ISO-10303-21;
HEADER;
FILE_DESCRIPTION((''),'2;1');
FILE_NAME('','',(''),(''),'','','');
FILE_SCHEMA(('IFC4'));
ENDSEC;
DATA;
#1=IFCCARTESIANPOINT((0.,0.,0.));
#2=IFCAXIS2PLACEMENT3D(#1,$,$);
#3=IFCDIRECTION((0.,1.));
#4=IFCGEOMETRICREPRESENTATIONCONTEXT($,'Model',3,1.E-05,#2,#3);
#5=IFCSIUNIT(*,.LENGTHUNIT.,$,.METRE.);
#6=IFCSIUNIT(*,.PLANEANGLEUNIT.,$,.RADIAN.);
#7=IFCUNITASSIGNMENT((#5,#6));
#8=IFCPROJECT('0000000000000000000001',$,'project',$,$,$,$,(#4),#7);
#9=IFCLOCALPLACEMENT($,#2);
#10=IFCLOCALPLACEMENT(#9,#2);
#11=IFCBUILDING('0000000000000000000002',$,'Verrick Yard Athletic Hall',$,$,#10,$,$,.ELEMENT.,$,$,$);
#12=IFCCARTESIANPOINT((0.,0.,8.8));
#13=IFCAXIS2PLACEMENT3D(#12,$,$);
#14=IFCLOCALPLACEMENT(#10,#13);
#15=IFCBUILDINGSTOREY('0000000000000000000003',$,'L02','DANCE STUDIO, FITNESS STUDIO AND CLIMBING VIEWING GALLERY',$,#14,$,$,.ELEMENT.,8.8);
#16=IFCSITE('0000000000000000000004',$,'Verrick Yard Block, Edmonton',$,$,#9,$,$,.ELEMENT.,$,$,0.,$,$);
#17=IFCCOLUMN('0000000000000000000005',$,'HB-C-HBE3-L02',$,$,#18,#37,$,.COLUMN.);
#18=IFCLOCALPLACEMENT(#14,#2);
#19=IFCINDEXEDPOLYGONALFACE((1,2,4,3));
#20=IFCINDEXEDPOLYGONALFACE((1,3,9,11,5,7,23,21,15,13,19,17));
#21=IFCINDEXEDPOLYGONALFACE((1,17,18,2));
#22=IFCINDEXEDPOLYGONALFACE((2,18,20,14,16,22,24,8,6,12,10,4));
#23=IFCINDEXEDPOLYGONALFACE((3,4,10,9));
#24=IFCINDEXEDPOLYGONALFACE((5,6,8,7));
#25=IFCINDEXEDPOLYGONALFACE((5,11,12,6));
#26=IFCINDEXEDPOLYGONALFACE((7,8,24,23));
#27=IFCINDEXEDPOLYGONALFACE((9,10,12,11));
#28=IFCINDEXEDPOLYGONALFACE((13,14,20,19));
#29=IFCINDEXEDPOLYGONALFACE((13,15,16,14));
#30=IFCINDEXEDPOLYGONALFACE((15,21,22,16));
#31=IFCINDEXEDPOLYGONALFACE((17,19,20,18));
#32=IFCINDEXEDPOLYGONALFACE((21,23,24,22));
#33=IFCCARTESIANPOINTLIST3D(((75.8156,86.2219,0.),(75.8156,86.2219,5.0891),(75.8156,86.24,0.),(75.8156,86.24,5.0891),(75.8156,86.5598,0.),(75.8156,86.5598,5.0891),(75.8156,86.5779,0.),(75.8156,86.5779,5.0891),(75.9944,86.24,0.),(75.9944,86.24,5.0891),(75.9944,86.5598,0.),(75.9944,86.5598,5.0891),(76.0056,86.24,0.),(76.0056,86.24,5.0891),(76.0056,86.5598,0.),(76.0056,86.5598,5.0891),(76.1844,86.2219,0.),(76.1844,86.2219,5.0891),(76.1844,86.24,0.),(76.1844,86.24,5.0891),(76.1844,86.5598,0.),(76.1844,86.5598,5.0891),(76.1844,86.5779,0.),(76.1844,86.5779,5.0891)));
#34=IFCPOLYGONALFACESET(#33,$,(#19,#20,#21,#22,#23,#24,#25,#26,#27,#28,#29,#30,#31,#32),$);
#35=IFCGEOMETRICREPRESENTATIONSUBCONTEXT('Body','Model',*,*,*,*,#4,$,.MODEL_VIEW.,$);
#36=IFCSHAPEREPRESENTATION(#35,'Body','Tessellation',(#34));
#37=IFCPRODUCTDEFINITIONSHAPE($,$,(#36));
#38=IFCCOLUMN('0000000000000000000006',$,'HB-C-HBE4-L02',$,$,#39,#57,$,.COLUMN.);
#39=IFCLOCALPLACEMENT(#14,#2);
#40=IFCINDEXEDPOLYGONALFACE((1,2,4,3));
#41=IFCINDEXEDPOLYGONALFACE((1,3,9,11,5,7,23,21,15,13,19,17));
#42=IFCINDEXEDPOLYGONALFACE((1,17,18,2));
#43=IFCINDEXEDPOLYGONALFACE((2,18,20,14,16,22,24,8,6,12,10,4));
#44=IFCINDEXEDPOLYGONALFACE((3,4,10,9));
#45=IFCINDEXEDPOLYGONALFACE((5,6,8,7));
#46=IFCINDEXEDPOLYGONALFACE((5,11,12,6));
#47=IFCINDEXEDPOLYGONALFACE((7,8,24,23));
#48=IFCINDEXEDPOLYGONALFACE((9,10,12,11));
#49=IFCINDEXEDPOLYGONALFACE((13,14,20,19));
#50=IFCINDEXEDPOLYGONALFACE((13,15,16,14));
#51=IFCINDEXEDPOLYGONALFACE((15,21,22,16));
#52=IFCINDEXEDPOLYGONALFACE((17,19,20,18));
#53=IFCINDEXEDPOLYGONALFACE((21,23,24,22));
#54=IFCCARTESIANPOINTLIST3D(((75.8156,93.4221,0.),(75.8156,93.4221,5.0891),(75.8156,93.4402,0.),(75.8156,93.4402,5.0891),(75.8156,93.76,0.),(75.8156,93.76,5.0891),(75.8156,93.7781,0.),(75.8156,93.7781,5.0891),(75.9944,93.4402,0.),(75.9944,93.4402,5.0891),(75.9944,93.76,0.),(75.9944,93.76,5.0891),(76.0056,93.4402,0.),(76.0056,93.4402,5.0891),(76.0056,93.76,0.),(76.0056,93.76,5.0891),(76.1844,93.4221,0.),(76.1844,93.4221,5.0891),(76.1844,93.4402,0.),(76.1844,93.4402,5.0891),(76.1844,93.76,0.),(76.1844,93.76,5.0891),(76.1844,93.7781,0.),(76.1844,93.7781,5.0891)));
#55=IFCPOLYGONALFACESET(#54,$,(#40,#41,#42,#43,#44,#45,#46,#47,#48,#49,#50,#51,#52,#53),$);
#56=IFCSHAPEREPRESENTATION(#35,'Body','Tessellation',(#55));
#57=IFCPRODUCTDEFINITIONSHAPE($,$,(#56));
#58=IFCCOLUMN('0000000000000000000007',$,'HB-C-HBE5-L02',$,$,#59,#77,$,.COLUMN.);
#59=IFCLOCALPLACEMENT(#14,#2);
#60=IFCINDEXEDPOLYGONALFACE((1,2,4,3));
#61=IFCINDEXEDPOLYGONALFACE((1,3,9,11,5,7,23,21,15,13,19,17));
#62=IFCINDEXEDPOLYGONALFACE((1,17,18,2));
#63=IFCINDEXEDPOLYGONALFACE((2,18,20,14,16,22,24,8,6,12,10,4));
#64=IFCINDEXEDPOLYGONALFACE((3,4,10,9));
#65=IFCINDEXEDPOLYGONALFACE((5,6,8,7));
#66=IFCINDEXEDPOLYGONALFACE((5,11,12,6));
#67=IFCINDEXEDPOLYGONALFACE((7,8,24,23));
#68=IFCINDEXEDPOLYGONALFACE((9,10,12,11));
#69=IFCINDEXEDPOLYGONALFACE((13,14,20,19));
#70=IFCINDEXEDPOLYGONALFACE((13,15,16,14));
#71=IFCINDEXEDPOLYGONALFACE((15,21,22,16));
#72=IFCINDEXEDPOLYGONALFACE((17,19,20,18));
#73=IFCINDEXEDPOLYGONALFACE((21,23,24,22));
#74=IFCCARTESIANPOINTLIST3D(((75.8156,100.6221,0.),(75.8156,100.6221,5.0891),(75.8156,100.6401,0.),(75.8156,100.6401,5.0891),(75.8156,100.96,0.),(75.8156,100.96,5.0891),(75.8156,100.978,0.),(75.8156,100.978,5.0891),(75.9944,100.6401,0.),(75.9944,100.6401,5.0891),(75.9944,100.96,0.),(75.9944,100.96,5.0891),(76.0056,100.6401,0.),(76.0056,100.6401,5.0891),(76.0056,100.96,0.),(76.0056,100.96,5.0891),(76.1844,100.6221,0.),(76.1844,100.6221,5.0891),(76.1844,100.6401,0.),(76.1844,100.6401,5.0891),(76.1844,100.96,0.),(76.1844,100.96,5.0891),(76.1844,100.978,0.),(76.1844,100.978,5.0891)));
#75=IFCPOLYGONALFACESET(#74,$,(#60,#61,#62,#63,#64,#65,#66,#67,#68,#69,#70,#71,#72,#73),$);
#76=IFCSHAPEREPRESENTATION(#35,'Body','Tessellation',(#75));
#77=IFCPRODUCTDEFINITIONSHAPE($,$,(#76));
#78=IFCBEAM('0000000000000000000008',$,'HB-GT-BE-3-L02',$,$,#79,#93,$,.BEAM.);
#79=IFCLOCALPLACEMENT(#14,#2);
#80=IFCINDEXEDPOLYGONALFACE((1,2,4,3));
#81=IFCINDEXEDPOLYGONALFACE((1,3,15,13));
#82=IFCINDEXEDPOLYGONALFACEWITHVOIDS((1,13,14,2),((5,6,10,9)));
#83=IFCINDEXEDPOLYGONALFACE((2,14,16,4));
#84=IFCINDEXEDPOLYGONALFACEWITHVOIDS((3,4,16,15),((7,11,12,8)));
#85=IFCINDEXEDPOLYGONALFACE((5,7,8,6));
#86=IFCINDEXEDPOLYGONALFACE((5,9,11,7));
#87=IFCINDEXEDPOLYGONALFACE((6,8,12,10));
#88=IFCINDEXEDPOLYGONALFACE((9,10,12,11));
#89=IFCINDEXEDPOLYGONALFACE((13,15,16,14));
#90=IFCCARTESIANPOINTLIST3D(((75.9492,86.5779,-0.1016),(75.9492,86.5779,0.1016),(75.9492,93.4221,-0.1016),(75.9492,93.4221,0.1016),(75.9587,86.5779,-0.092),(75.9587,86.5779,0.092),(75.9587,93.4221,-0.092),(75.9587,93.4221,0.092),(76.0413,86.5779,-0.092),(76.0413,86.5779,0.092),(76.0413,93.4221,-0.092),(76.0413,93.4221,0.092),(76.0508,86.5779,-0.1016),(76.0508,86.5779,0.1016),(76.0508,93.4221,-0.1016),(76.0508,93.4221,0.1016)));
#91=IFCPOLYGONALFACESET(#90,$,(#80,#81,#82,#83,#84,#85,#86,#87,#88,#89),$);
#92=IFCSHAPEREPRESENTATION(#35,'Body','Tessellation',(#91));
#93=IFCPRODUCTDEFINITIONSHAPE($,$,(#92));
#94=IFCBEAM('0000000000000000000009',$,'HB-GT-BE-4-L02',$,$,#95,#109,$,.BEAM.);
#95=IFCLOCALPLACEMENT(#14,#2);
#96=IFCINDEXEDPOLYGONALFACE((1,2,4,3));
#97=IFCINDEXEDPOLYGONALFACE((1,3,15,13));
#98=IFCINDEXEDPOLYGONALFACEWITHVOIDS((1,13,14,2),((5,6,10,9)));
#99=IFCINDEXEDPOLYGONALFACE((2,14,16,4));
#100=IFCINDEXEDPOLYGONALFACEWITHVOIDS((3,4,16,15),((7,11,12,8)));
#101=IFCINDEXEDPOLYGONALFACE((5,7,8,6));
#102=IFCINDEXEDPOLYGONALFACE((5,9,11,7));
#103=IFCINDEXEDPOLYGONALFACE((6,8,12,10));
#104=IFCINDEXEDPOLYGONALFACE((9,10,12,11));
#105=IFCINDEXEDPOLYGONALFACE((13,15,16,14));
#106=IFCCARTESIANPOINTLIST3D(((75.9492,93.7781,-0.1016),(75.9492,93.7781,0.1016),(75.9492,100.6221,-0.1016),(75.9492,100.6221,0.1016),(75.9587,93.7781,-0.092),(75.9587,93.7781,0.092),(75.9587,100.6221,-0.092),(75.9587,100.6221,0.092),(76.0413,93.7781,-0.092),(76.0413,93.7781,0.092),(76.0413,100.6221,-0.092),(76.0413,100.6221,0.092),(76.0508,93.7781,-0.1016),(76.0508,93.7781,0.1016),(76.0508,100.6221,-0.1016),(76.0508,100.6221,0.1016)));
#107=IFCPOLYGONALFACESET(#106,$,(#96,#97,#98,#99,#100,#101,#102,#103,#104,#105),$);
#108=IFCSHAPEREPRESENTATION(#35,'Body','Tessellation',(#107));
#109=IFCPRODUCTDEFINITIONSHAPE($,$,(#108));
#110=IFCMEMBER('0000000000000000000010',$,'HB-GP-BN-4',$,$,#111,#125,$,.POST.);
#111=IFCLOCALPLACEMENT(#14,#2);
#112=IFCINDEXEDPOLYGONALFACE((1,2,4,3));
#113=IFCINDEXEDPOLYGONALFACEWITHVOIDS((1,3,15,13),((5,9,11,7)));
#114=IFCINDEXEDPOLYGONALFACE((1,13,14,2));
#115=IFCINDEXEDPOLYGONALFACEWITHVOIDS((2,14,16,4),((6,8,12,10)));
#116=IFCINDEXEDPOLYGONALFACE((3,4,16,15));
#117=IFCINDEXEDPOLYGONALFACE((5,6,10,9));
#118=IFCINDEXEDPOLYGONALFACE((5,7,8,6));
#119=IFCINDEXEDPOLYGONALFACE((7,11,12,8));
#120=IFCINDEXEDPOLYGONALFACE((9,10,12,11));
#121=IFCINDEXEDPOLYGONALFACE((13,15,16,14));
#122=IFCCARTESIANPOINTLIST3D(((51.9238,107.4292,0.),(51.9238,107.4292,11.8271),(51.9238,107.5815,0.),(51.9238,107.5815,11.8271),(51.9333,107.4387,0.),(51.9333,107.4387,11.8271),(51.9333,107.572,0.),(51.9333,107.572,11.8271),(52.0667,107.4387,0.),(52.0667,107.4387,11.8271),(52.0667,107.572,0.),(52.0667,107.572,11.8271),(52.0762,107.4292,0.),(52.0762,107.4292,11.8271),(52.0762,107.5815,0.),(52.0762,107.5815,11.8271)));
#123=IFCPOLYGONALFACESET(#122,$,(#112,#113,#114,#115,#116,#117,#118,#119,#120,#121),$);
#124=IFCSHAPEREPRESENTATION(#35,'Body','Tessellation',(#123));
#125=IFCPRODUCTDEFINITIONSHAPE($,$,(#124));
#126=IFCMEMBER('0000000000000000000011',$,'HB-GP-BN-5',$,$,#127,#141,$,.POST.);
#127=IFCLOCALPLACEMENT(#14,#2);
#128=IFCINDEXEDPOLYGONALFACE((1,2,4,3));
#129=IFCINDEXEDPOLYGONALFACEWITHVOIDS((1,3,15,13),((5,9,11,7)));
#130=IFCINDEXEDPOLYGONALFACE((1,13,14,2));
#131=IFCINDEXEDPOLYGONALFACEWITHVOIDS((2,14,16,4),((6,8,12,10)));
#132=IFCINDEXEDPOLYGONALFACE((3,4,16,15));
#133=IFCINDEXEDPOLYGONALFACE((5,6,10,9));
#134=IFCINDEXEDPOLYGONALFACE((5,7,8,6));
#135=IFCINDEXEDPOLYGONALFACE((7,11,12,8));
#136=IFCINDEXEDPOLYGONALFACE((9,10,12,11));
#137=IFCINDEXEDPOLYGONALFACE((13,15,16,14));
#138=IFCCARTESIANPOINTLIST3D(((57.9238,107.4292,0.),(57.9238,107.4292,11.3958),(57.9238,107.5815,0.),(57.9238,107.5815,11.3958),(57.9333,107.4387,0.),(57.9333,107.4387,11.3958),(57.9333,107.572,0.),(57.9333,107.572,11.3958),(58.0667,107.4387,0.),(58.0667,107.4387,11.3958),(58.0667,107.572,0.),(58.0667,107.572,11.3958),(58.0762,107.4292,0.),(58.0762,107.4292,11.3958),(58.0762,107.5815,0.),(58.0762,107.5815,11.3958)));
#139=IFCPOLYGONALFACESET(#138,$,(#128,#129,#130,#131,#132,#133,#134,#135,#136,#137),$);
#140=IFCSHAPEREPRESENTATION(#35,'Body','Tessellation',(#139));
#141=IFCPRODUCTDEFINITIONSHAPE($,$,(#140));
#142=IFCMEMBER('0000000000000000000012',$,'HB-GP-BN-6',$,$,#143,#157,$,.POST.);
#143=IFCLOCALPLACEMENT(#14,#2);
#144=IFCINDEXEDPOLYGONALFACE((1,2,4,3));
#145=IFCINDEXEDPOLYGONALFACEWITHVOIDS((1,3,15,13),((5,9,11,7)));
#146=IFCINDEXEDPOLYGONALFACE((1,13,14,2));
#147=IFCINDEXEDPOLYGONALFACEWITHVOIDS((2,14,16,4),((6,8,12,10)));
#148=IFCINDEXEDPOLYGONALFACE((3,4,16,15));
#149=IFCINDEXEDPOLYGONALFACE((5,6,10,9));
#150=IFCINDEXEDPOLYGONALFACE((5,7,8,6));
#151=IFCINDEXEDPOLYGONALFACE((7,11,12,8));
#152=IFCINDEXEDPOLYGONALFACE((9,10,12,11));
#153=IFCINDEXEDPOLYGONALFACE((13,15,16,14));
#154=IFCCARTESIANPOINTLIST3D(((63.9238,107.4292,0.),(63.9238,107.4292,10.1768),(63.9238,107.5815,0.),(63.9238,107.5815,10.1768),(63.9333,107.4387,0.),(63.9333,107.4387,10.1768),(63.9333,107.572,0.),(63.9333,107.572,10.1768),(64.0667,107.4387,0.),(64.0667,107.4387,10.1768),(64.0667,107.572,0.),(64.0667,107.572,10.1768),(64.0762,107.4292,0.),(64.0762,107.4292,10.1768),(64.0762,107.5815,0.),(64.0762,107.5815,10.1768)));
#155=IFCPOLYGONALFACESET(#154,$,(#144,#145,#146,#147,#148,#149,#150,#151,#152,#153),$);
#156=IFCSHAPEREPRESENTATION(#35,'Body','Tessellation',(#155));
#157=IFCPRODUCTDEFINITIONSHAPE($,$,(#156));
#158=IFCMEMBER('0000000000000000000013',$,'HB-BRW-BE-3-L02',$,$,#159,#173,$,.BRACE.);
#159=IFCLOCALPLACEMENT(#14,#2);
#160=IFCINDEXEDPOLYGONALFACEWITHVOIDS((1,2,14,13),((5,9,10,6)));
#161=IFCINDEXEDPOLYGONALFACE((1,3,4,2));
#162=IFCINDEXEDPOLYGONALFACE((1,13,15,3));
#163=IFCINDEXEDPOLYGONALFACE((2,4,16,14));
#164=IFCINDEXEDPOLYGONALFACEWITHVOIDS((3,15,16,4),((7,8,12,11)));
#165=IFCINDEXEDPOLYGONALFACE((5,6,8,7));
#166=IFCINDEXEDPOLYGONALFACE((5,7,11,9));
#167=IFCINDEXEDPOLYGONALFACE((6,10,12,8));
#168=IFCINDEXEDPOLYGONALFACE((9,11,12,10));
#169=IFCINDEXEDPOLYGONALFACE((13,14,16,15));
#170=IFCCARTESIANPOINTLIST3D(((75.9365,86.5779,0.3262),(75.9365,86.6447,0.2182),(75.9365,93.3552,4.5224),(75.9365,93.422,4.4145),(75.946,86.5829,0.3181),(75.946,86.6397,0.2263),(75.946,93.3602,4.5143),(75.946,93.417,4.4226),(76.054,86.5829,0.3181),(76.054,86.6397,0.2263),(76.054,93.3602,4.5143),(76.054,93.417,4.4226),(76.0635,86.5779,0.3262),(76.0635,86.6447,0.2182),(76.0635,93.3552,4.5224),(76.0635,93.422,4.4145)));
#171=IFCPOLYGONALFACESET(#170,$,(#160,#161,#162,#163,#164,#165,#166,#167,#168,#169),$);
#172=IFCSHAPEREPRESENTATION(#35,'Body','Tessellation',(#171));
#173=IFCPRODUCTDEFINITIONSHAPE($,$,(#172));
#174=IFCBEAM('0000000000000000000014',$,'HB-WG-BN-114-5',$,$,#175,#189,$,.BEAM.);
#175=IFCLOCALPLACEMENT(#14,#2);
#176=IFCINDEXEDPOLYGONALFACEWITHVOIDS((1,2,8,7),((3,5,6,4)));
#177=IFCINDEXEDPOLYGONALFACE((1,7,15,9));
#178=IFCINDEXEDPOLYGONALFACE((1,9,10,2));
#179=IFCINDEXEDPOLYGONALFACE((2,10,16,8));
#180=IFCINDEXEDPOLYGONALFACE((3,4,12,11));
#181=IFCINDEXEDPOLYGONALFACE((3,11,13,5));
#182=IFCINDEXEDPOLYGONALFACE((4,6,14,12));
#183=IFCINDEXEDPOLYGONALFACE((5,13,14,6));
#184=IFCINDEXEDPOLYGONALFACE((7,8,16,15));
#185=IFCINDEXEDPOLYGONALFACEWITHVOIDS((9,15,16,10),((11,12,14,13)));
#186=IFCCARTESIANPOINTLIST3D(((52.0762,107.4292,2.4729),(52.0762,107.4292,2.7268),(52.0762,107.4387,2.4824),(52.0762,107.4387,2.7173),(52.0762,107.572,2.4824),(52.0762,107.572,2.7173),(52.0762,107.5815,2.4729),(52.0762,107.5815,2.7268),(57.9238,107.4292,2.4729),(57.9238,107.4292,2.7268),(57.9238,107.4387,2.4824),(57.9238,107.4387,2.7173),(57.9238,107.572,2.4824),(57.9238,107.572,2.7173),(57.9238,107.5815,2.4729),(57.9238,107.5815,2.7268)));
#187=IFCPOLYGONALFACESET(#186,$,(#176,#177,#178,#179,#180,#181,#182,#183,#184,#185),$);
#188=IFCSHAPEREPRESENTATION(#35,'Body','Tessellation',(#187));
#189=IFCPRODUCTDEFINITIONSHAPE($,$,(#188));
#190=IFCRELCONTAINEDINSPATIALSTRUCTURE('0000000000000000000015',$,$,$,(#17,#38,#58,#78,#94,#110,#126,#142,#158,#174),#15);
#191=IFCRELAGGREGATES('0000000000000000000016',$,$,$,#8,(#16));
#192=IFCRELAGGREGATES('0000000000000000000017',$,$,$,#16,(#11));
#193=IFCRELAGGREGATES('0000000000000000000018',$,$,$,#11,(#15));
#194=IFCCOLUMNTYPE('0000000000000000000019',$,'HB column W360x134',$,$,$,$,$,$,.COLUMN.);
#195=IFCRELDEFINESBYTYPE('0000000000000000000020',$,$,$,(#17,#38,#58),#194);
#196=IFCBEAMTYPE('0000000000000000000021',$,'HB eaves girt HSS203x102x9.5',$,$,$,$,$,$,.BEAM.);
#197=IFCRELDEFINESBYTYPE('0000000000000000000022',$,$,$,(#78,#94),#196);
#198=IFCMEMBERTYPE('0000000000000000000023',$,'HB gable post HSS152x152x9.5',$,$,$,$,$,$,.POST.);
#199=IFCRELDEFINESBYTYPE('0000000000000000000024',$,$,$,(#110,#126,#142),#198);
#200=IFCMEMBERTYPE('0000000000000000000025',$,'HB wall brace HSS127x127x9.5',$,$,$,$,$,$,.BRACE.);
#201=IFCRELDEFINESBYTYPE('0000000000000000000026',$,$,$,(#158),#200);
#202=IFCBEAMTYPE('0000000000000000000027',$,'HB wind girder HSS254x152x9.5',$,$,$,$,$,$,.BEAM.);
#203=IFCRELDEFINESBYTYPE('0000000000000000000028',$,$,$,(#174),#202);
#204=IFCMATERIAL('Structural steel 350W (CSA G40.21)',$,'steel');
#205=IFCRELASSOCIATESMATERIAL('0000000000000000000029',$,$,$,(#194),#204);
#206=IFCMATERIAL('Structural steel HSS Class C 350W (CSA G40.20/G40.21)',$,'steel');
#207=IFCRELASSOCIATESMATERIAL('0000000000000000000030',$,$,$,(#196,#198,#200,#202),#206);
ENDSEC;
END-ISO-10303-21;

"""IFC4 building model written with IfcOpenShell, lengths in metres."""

from ifc_helpers import new_model, si_unit, direction, frame, origin, origin_2d, place, context, subcontext, project, spatial, hollow_rectangle, i_section, extrude, material, material_profile, profile_set, type_object, element, save


model = new_model("IFC4")

# Units and contexts
model_context = context("Model", 3, precision=1e-05, world=origin(), true_north=direction((0.0, 1.0)))
body_context = subcontext(model_context, "Body", "Model", "MODEL_VIEW")
ifc_project = project(units=[si_unit("LENGTHUNIT", "METRE"), si_unit("PLANEANGLEUNIT", "RADIAN")], contexts=[model_context])

# Site, building, storey
site_placement = place(None, origin())
site = spatial("IfcSite", under=ifc_project, at=site_placement, Name="Verrick Yard Block, Edmonton", CompositionType="ELEMENT", RefElevation=0.0)
building_placement = place(site_placement, origin())
building = spatial("IfcBuilding", under=site, at=building_placement, Name="Verrick Yard Athletic Hall", CompositionType="ELEMENT")
storey_placement = place(building_placement, frame((0.0, 0.0, 8.8)))
storey = spatial("IfcBuildingStorey", under=building, at=storey_placement, Name="L02", Description="DANCE STUDIO, FITNESS STUDIO AND CLIMBING VIEWING GALLERY", CompositionType="ELEMENT", Elevation=8.8)

# Columns
ifc_material_1 = material(Name="Structural steel 350W (CSA G40.21)", Category="steel")
ifc_material_profile_1 = material_profile(ifc_material_1, i_section(OverallWidth=0.3689, OverallDepth=0.356, WebThickness=0.0112, FlangeThickness=0.0181, at=origin_2d()), Name="W360x134")
ifc_profile_set_1 = profile_set([ifc_material_profile_1], Name="Structural steel 350W (CSA G40.21)")
column_type = type_object("IfcColumnType", Name="HB column W360x134", PredefinedType="COLUMN", material=ifc_profile_set_1)
for number, where, z_axis, x_axis, name in (
    (1, (76.0, 86.3999, 0.0), (0.0, 0.0, 1.0), (1.0, 0.0, 0.0), "HB-C-HBE3-L02"),
    (2, (76.0, 93.6001, 0.0), (0.0, 0.0, 1.0), (1.0, 0.0, 0.0), "HB-C-HBE4-L02"),
    (3, (76.0, 100.8, 0.0), (0.0, 0.0, 1.0), (1.0, 0.0, 0.0), "HB-C-HBE5-L02"),
):
    element("IfcColumn", number, at=place(storey_placement, frame(where, z_axis=z_axis, x_axis=x_axis)), inside=storey, type_object=column_type, Name=name, PredefinedType="COLUMN", context=body_context, shape_type="SweptSolid", body=[
        extrude(i_section(OverallWidth=0.3689, OverallDepth=0.356, WebThickness=0.0112, FlangeThickness=0.0181, at=origin_2d()), origin(), (0.0, 0.0, 1.0), 5.0891),
    ])

# Beams
ifc_material_2 = material(Name="Structural steel HSS Class C 350W (CSA G40.20/G40.21)", Category="steel")
ifc_material_profile_2 = material_profile(ifc_material_2, hollow_rectangle(XDim=0.1016, YDim=0.2031, WallThickness=0.0095, at=origin_2d()), Name="HSS203x102x9.5")
ifc_profile_set_2 = profile_set([ifc_material_profile_2], Name="Structural steel HSS Class C 350W (CSA G40.20/G40.21)")
beam_type_1 = type_object("IfcBeamType", Name="HB eaves girt HSS203x102x9.5", PredefinedType="BEAM", material=ifc_profile_set_2)
beam_1_placement = place(storey_placement, frame((76.0, 86.5779, 0.0), z_axis=(0.0, 1.0, 0.0), x_axis=(-1.0, 0.0, 0.0)))
element("IfcBeam", 4, at=beam_1_placement, inside=storey, type_object=beam_type_1, Name="HB-GT-BE-3-L02", PredefinedType="BEAM", context=body_context, shape_type="SweptSolid", body=[
    extrude(hollow_rectangle(XDim=0.1016, YDim=0.2031, WallThickness=0.0095, at=origin_2d()), origin(), (0.0, 0.0, 1.0), 6.8442),
])
beam_2_placement = place(storey_placement, frame((76.0, 93.7781, 0.0), z_axis=(0.0, 1.0, 0.0), x_axis=(-1.0, 0.0, 0.0)))
element("IfcBeam", 5, at=beam_2_placement, inside=storey, type_object=beam_type_1, Name="HB-GT-BE-4-L02", PredefinedType="BEAM", context=body_context, shape_type="SweptSolid", body=[
    extrude(hollow_rectangle(XDim=0.1016, YDim=0.2031, WallThickness=0.0095, at=origin_2d()), origin(), (0.0, 0.0, 1.0), 6.844),
])

# Members
ifc_material_profile_3 = material_profile(ifc_material_2, hollow_rectangle(XDim=0.1523, YDim=0.1523, WallThickness=0.0095, at=origin_2d()), Name="HSS152x152x9.5")
ifc_profile_set_3 = profile_set([ifc_material_profile_3], Name="Structural steel HSS Class C 350W (CSA G40.20/G40.21)")
member_type_1 = type_object("IfcMemberType", Name="HB gable post HSS152x152x9.5", PredefinedType="POST", material=ifc_profile_set_3)
member_1_placement = place(storey_placement, frame((52.0, 107.5054, 0.0), z_axis=(0.0, 0.0, 1.0), x_axis=(1.0, 0.0, 0.0)))
element("IfcMember", 6, at=member_1_placement, inside=storey, type_object=member_type_1, Name="HB-GP-BN-4", PredefinedType="POST", context=body_context, shape_type="SweptSolid", body=[
    extrude(hollow_rectangle(XDim=0.1523, YDim=0.1523, WallThickness=0.0095, at=origin_2d()), origin(), (0.0, 0.0, 1.0), 11.8271),
])
member_2_placement = place(storey_placement, frame((58.0, 107.5054, 0.0), z_axis=(0.0, 0.0, 1.0), x_axis=(1.0, 0.0, 0.0)))
element("IfcMember", 7, at=member_2_placement, inside=storey, type_object=member_type_1, Name="HB-GP-BN-5", PredefinedType="POST", context=body_context, shape_type="SweptSolid", body=[
    extrude(hollow_rectangle(XDim=0.1523, YDim=0.1523, WallThickness=0.0095, at=origin_2d()), origin(), (0.0, 0.0, 1.0), 11.3958),
])
member_3_placement = place(storey_placement, frame((64.0, 107.5054, 0.0), z_axis=(0.0, 0.0, 1.0), x_axis=(1.0, 0.0, 0.0)))
element("IfcMember", 8, at=member_3_placement, inside=storey, type_object=member_type_1, Name="HB-GP-BN-6", PredefinedType="POST", context=body_context, shape_type="SweptSolid", body=[
    extrude(hollow_rectangle(XDim=0.1523, YDim=0.1523, WallThickness=0.0095, at=origin_2d()), origin(), (0.0, 0.0, 1.0), 10.1768),
])
ifc_material_profile_4 = material_profile(ifc_material_2, hollow_rectangle(XDim=0.127, YDim=0.127, WallThickness=0.0095, at=origin_2d()), Name="HSS127x127x9.5")
ifc_profile_set_4 = profile_set([ifc_material_profile_4], Name="Structural steel HSS Class C 350W (CSA G40.20/G40.21)")
member_type_2 = type_object("IfcMemberType", Name="HB wall brace HSS127x127x9.5", PredefinedType="BRACE", material=ifc_profile_set_4)
member_4_placement = place(storey_placement, frame((76.0, 86.6113, 0.2722), z_axis=(0.0, 0.850221, 0.526426), x_axis=(-1.0, 0.0, 0.0)))
element("IfcMember", 9, at=member_4_placement, inside=storey, type_object=member_type_2, Name="HB-BRW-BE-3-L02", PredefinedType="BRACE", context=body_context, shape_type="SweptSolid", body=[
    extrude(hollow_rectangle(XDim=0.127, YDim=0.127, WallThickness=0.0095, at=origin_2d()), origin(), (0.0, 0.0, 1.0), 7.9712),
])

# Beam
ifc_material_profile_5 = material_profile(ifc_material_2, hollow_rectangle(XDim=0.1523, YDim=0.2539, WallThickness=0.0095, at=origin_2d()), Name="HSS254x152x9.5")
ifc_profile_set_5 = profile_set([ifc_material_profile_5], Name="Structural steel HSS Class C 350W (CSA G40.20/G40.21)")
beam_type_2 = type_object("IfcBeamType", Name="HB wind girder HSS254x152x9.5", PredefinedType="BEAM", material=ifc_profile_set_5)
for number, where, z_axis, x_axis, name in (
    (10, (52.0762, 107.5054, 2.5999), (1.0, 0.0, 0.0), (0.0, 1.0, 0.0), "HB-WG-BN-114-5"),
):
    element("IfcBeam", number, at=place(storey_placement, frame(where, z_axis=z_axis, x_axis=x_axis)), inside=storey, type_object=beam_type_2, Name=name, PredefinedType="BEAM", context=body_context, shape_type="SweptSolid", body=[
        extrude(hollow_rectangle(XDim=0.1523, YDim=0.2539, WallThickness=0.0095, at=origin_2d()), origin(), (0.0, 0.0, 1.0), 5.8477),
    ])

save(model, "model.ifc")
